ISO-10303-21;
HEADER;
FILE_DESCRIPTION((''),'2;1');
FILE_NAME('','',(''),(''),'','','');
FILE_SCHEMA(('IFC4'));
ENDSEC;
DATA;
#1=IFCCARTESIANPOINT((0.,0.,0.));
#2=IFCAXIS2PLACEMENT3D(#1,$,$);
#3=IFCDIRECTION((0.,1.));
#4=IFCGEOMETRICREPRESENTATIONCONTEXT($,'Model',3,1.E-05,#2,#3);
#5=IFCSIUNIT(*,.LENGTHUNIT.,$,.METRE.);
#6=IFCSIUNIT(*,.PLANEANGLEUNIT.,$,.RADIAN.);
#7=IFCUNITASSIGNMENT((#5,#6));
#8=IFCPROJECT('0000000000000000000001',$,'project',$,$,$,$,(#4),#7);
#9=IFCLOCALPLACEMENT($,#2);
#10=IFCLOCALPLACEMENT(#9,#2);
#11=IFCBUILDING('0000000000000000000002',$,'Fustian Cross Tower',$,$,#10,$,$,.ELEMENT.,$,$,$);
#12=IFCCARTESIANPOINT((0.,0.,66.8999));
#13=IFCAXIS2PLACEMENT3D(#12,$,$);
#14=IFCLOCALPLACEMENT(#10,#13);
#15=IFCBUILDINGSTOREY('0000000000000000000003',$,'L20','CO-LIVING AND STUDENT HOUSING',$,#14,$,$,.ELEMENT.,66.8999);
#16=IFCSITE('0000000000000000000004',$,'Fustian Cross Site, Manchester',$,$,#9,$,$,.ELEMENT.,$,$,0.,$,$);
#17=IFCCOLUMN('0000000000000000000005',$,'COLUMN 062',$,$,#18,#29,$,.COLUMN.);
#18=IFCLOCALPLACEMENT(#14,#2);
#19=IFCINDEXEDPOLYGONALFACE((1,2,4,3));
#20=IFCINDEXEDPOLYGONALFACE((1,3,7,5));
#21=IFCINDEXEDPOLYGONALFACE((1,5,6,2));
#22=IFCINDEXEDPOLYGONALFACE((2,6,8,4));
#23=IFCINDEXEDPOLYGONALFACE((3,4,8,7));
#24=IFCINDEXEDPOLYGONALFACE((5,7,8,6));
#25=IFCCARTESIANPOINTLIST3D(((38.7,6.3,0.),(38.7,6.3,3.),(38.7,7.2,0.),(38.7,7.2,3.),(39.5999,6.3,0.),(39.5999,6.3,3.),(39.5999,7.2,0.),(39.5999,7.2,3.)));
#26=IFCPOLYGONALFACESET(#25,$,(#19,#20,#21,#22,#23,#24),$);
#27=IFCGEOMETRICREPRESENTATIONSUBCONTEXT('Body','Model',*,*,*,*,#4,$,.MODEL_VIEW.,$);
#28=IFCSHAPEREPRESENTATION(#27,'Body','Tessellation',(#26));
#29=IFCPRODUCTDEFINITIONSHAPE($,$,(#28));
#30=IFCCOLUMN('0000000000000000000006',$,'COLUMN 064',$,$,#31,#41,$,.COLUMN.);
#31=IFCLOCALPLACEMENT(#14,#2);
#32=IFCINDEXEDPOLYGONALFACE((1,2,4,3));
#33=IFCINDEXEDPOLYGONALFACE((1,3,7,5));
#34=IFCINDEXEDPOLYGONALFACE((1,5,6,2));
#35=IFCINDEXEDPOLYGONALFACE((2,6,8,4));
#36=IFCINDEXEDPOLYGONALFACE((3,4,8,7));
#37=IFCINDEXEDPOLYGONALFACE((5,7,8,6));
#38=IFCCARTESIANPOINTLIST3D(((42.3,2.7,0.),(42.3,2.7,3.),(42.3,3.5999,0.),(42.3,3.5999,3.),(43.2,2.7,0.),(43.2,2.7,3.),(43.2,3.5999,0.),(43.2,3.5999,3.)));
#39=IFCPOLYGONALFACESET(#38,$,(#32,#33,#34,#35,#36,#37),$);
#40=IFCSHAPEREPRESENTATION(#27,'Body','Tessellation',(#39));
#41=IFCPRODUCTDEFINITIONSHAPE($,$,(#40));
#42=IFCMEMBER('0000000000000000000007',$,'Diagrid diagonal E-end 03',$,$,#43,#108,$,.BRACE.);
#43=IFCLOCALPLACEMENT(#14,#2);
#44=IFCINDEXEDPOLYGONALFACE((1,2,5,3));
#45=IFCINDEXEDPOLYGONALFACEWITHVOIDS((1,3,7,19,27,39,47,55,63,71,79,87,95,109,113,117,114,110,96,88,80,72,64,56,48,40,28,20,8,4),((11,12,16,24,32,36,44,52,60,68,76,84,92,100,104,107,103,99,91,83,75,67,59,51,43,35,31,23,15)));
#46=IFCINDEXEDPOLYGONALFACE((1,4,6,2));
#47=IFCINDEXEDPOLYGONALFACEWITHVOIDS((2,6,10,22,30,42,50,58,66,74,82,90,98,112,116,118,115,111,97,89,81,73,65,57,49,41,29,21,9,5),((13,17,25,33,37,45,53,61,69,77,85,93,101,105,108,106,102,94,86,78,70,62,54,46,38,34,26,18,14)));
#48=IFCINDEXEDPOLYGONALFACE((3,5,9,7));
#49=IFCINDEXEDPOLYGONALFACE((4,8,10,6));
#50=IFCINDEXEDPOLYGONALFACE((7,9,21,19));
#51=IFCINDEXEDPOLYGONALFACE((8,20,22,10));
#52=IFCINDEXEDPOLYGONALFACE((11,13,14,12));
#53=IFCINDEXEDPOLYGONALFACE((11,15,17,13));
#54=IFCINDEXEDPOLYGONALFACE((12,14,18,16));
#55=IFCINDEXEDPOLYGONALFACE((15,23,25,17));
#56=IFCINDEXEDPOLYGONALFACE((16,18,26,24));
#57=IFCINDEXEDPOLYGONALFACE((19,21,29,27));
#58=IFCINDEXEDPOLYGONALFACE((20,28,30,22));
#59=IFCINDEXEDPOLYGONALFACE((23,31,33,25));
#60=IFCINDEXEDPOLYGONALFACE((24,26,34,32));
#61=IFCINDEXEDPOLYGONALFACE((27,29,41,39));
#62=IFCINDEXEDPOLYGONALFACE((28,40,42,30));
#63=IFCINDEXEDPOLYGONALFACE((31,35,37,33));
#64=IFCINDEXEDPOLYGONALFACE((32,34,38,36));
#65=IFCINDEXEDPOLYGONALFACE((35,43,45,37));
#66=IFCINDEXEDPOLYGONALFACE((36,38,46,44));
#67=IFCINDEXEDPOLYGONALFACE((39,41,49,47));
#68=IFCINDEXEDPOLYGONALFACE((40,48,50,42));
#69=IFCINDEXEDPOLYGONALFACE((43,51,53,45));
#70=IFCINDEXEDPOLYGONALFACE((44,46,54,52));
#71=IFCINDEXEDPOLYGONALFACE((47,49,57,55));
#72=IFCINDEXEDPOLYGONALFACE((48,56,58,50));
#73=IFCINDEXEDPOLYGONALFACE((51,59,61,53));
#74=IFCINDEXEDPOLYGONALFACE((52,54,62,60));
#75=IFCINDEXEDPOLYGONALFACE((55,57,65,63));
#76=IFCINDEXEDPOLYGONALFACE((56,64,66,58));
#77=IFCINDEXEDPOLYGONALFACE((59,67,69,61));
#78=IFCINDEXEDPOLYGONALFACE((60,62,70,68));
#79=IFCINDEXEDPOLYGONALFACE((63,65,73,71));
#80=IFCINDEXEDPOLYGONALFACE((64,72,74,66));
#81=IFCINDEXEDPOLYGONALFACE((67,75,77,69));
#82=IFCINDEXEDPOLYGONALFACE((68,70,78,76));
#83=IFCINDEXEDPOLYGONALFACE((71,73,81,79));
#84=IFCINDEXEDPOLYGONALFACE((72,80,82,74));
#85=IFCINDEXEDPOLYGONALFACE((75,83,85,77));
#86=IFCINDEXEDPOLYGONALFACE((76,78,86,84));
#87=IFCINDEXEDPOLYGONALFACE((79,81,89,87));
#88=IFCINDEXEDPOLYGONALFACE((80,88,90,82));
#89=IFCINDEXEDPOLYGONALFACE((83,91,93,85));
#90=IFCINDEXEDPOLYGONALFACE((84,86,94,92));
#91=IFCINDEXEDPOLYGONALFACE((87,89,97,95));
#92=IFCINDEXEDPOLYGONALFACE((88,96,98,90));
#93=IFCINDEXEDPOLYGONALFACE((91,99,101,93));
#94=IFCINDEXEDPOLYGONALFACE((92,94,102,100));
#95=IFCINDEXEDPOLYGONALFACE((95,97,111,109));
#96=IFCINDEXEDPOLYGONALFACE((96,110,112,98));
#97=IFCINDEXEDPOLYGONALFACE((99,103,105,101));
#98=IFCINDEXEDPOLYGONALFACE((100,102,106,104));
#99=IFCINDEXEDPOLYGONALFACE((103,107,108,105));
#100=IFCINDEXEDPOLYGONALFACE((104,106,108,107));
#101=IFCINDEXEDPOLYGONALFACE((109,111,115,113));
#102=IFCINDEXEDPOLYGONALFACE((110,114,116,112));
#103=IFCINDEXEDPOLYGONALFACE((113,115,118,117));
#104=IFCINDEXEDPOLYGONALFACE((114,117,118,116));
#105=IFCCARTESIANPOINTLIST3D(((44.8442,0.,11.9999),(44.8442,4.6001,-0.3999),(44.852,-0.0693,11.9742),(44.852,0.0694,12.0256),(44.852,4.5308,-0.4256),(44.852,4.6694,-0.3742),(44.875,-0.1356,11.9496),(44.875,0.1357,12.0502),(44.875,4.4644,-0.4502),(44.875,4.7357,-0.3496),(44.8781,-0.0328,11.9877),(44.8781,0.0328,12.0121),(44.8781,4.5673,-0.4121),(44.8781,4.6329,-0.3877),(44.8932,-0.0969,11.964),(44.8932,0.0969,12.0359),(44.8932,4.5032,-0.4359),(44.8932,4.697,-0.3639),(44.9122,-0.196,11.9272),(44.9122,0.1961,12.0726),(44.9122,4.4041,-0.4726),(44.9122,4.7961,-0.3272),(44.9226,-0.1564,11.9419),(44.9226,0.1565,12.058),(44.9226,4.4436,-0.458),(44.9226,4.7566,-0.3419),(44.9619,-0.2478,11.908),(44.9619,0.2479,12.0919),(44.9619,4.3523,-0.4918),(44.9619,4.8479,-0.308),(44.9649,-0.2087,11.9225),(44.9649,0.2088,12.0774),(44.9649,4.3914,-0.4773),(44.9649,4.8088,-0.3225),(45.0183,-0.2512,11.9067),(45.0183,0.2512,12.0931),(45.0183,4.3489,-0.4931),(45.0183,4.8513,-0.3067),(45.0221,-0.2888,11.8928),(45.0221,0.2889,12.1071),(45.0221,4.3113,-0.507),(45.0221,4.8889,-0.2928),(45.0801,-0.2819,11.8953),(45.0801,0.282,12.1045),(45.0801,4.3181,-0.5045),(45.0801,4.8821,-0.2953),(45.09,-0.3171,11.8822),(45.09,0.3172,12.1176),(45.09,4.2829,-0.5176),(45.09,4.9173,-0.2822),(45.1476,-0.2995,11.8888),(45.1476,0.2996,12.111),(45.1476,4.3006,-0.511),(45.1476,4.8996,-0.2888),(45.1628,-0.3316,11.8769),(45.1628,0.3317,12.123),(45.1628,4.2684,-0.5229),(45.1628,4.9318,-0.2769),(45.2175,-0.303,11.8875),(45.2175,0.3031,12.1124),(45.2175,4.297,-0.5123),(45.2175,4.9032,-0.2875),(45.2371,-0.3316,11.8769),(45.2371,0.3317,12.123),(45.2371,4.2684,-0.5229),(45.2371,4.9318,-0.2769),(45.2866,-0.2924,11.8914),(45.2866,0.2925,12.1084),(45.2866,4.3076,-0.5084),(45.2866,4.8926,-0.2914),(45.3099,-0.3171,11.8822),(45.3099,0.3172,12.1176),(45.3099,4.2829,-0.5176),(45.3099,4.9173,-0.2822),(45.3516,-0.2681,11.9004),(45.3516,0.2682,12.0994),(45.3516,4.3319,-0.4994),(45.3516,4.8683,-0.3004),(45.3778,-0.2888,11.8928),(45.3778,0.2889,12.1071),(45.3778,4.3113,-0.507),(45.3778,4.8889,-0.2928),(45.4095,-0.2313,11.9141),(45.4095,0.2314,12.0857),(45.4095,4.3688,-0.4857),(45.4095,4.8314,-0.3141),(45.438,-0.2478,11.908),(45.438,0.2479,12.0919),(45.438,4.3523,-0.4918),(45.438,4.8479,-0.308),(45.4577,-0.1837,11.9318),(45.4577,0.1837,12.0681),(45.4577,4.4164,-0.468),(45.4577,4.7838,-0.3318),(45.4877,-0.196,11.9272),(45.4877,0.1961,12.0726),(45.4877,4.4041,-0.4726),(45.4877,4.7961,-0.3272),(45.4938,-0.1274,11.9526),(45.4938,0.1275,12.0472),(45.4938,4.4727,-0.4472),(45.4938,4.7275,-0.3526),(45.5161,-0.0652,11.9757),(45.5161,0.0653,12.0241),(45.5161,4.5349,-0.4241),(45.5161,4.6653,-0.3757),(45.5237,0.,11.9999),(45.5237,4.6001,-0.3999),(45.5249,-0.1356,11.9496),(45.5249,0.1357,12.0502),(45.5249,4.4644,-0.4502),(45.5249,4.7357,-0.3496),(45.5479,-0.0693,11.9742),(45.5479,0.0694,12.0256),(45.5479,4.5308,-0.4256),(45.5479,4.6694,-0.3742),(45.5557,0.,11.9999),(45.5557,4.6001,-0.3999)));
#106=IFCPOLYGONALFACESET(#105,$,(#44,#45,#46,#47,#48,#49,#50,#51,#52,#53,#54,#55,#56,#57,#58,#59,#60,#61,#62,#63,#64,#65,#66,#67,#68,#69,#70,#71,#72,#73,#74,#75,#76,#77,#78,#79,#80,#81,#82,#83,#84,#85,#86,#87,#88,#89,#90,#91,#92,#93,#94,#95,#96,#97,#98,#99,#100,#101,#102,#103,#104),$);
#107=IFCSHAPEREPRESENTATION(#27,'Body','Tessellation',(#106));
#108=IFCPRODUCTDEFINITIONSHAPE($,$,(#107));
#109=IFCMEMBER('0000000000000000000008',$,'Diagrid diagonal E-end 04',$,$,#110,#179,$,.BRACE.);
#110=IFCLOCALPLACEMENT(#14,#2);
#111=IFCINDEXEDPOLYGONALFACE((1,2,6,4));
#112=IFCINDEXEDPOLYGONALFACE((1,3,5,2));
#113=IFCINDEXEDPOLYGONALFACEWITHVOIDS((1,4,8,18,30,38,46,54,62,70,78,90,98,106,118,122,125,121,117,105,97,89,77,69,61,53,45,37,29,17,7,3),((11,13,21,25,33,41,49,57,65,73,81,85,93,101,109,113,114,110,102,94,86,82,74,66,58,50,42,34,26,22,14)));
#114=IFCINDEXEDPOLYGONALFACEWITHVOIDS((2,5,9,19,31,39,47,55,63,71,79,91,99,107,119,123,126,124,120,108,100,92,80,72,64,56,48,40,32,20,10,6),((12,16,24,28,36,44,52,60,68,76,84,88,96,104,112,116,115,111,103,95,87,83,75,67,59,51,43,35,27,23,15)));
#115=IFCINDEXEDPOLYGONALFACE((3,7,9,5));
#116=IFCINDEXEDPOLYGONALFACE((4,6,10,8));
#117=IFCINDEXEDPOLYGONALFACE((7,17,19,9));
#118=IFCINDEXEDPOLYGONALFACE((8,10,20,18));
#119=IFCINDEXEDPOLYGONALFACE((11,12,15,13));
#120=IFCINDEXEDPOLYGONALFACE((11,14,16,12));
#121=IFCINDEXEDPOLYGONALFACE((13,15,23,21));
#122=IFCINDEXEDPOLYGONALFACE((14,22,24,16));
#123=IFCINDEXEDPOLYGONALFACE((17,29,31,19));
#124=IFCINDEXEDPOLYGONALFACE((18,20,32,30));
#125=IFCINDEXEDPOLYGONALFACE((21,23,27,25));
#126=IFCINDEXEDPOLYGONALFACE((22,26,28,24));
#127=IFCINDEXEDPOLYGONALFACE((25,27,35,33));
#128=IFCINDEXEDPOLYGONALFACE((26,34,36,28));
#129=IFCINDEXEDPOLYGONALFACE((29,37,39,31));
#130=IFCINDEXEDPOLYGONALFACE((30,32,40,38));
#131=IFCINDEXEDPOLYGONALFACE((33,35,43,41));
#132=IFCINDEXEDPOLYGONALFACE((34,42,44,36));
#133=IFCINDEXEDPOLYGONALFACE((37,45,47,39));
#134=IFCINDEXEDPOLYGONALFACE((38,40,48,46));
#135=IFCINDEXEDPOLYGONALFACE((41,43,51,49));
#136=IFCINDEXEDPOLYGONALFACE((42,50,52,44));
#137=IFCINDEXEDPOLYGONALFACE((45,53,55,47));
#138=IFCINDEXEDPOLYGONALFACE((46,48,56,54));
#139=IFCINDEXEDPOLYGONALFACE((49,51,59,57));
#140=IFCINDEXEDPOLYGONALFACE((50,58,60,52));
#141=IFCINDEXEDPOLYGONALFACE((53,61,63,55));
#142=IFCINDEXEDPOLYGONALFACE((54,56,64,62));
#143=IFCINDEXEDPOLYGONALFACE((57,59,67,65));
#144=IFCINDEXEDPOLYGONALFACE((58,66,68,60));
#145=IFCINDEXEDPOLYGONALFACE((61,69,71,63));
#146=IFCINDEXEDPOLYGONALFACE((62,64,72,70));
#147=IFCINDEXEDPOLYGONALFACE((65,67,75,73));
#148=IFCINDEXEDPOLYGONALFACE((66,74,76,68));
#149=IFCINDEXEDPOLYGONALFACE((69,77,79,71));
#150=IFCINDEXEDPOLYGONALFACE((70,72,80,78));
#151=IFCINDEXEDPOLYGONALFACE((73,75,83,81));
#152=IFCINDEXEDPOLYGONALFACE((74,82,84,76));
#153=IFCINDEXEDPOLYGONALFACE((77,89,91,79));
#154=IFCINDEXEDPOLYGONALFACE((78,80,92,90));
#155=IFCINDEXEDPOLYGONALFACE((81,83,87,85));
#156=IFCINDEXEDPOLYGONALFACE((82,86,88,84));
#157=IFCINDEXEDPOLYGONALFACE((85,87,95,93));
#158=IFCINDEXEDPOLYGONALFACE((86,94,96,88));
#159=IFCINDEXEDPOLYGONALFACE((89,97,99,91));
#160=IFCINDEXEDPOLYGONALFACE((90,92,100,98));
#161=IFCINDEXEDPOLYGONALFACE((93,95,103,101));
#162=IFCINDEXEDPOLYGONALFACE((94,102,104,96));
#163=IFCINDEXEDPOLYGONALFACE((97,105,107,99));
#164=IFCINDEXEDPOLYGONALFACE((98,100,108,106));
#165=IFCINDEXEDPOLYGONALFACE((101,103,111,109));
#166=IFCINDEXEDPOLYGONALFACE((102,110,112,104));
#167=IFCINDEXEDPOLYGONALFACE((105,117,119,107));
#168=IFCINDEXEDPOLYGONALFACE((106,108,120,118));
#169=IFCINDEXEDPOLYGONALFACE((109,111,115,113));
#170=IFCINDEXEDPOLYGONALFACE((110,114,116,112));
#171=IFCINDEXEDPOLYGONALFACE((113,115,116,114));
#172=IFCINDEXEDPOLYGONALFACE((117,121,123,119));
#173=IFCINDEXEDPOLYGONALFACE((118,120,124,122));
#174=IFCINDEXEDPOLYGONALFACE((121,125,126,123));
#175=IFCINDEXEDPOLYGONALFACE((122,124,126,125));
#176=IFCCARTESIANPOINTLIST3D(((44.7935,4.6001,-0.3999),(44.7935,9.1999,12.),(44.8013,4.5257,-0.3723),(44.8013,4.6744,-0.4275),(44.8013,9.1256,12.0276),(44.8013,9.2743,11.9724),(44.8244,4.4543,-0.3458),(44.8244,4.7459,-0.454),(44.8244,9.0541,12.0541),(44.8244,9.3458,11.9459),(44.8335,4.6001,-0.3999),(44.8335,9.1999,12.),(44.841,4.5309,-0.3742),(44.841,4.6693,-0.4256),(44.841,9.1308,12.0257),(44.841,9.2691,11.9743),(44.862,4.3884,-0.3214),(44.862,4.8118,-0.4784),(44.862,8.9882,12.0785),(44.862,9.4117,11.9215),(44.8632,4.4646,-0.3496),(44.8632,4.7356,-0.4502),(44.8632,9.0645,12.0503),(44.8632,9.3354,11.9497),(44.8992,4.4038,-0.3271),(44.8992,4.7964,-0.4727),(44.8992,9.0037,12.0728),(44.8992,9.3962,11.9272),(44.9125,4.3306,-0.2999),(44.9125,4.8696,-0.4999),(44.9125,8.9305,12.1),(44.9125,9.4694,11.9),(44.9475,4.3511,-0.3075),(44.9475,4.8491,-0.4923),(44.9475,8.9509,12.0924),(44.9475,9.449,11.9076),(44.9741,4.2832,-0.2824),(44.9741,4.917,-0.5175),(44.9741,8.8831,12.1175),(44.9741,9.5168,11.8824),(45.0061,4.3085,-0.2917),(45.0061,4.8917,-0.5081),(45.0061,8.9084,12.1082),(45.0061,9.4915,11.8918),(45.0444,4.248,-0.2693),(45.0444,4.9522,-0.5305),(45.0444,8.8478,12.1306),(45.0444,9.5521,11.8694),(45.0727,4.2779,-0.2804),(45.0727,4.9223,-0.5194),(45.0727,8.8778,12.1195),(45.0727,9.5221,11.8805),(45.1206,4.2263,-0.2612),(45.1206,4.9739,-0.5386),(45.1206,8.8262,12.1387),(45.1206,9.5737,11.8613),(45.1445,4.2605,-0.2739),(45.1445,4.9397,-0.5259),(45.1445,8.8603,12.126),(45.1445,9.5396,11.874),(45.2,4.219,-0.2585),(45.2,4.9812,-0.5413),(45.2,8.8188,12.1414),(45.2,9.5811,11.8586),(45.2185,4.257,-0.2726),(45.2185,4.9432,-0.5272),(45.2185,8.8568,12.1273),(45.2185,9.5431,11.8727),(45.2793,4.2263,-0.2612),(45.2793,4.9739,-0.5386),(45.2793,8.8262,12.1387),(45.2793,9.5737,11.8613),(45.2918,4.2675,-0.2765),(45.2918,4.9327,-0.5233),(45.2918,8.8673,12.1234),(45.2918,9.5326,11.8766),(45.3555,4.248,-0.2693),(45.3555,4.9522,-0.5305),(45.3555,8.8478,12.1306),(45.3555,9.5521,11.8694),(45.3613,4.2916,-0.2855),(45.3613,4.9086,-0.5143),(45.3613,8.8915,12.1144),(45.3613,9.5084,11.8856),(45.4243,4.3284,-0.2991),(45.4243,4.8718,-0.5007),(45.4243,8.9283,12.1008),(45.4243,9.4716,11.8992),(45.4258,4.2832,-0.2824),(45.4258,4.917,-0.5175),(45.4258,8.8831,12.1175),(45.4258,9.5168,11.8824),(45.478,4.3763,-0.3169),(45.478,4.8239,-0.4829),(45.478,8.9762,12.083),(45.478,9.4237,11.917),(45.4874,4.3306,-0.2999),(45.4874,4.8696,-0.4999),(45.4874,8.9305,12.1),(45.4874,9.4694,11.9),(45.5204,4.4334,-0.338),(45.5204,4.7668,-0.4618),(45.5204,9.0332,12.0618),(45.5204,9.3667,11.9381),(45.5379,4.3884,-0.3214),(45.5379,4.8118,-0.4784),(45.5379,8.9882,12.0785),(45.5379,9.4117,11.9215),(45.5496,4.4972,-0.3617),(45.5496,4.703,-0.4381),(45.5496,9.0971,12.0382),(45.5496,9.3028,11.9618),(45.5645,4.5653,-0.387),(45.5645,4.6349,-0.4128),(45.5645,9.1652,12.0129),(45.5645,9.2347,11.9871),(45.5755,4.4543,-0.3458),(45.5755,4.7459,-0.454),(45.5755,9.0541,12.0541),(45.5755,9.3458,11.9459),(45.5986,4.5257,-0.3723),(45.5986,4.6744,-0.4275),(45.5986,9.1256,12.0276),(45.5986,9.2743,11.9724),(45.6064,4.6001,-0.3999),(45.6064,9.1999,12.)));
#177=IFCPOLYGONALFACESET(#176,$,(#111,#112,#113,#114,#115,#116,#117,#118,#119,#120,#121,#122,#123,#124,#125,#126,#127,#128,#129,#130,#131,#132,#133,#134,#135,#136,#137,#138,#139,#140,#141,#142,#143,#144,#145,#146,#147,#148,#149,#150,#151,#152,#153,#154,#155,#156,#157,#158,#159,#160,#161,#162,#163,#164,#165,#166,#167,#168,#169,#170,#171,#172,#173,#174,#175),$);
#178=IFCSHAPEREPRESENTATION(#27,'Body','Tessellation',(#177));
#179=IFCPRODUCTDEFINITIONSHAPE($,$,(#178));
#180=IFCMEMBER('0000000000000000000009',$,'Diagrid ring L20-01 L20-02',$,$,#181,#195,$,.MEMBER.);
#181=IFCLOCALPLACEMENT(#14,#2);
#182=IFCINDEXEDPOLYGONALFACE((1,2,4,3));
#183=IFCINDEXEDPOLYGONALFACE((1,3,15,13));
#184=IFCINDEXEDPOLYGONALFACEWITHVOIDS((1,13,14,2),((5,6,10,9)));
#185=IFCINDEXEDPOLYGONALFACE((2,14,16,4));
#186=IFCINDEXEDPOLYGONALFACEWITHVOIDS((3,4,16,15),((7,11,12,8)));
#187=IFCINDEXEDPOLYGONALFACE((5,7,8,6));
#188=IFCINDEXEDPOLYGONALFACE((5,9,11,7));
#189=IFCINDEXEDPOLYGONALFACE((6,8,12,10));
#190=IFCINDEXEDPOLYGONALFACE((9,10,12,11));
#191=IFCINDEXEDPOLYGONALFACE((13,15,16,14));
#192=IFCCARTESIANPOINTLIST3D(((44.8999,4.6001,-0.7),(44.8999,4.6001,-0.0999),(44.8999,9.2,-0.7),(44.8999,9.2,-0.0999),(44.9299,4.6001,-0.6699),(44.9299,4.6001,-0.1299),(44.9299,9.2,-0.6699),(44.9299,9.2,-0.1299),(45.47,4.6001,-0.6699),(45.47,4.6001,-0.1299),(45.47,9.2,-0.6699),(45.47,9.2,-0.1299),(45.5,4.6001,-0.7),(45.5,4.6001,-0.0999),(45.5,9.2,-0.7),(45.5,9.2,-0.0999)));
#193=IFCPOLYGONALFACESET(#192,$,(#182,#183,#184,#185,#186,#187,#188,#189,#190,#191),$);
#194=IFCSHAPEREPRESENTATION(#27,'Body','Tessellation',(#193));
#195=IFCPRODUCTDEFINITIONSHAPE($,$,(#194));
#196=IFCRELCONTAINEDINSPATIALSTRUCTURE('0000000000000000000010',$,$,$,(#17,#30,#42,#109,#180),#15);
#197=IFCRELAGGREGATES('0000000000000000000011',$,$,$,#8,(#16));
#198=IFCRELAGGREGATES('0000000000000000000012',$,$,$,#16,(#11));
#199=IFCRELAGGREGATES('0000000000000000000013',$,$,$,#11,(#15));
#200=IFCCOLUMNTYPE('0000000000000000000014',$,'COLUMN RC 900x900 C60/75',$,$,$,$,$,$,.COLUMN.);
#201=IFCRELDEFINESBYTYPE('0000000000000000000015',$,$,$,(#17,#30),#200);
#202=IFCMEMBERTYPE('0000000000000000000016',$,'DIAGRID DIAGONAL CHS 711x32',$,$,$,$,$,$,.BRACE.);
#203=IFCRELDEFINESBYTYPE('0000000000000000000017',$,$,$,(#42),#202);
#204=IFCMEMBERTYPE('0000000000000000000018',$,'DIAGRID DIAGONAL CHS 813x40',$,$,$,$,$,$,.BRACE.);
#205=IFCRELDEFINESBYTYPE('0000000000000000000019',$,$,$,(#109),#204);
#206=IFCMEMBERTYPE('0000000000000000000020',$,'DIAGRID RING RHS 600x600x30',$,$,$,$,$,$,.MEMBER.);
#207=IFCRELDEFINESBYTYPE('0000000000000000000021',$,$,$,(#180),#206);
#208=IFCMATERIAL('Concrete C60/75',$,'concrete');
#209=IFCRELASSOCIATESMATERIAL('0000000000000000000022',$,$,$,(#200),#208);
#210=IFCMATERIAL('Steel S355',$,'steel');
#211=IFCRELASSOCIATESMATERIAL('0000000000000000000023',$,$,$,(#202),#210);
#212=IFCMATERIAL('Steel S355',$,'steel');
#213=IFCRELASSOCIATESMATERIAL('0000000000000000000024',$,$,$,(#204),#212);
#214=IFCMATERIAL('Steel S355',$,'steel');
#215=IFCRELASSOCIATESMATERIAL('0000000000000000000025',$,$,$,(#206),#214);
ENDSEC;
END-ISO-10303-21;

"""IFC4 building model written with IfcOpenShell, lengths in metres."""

from ifc_helpers import new_model, si_unit, direction, frame, origin, origin_2d, place, context, subcontext, project, spatial, rectangle, hollow_rectangle, hollow_circle, extrude, material, material_profile, profile_set, type_object, element, save


model = new_model("IFC4")

# Units and contexts
model_context = context("Model", 3, precision=1e-05, world=origin(), true_north=direction((0.0, 1.0)))
body_context = subcontext(model_context, "Body", "Model", "MODEL_VIEW")
ifc_project = project(units=[si_unit("LENGTHUNIT", "METRE"), si_unit("PLANEANGLEUNIT", "RADIAN")], contexts=[model_context])

# Site, building, storey
site_placement = place(None, origin())
site = spatial("IfcSite", under=ifc_project, at=site_placement, Name="Fustian Cross Site, Manchester", CompositionType="ELEMENT", RefElevation=0.0)
building_placement = place(site_placement, origin())
building = spatial("IfcBuilding", under=site, at=building_placement, Name="Fustian Cross Tower", CompositionType="ELEMENT")
storey_placement = place(building_placement, frame((0.0, 0.0, 66.8999)))
storey = spatial("IfcBuildingStorey", under=building, at=storey_placement, Name="L20", Description="CO-LIVING AND STUDENT HOUSING", CompositionType="ELEMENT", Elevation=66.8999)

# Columns
ifc_material_1 = material(Name="Concrete C60/75", Category="concrete")
ifc_material_profile_1 = material_profile(ifc_material_1, rectangle(XDim=0.8999, YDim=0.8999, at=origin_2d()), Name="RC 900x900")
ifc_profile_set_1 = profile_set([ifc_material_profile_1], Name="Concrete C60/75")
column_type = type_object("IfcColumnType", Name="COLUMN RC 900x900 C60/75", PredefinedType="COLUMN", material=ifc_profile_set_1)
for number, where, z_axis, x_axis, name in (
    (1, (39.1499, 6.75, 0.0), (0.0, 0.0, 1.0), (1.0, 0.0, 0.0), "COLUMN 062"),
    (2, (42.75, 3.1499, 0.0), (0.0, 0.0, 1.0), (1.0, 0.0, 0.0), "COLUMN 064"),
):
    element("IfcColumn", number, at=place(storey_placement, frame(where, z_axis=z_axis, x_axis=x_axis)), inside=storey, type_object=column_type, Name=name, PredefinedType="COLUMN", context=body_context, shape_type="SweptSolid", body=[
        extrude(rectangle(XDim=0.8999, YDim=0.8999, at=origin_2d()), origin(), (0.0, 0.0, 1.0), 3.0),
    ])

# Members
ifc_material_2 = material(Name="Steel S355", Category="steel")
ifc_material_profile_2 = material_profile(ifc_material_2, hollow_circle(Radius=0.3557, WallThickness=0.032, at=origin_2d()), Name="CHS 711x32")
ifc_profile_set_2 = profile_set([ifc_material_profile_2], Name="Steel S355")
member_type_1 = type_object("IfcMemberType", Name="DIAGRID DIAGONAL CHS 711x32", PredefinedType="BRACE", material=ifc_profile_set_2)
member_1_placement = place(storey_placement, frame((45.2, 4.6001, -0.3999), z_axis=(0.0, -0.347816, 0.937563), x_axis=(1.0, 0.0, 0.0)))
element("IfcMember", 3, at=member_1_placement, inside=storey, type_object=member_type_1, Name="Diagrid diagonal E-end 03", PredefinedType="BRACE", context=body_context, shape_type="SweptSolid", body=[
    extrude(hollow_circle(Radius=0.3557, WallThickness=0.032, at=origin_2d()), origin(), (0.0, 0.0, 1.0), 13.2256),
])
ifc_material_3 = material(Name="Steel S355", Category="steel")
ifc_material_profile_3 = material_profile(ifc_material_3, hollow_circle(Radius=0.4065, WallThickness=0.04, at=origin_2d()), Name="CHS 813x40")
ifc_profile_set_3 = profile_set([ifc_material_profile_3], Name="Steel S355")
member_type_2 = type_object("IfcMemberType", Name="DIAGRID DIAGONAL CHS 813x40", PredefinedType="BRACE", material=ifc_profile_set_3)
member_2_placement = place(storey_placement, frame((45.2, 4.6001, -0.3999), z_axis=(0.0, 0.347799, 0.937569), x_axis=(-1.0, 0.0, 0.0)))
element("IfcMember", 4, at=member_2_placement, inside=storey, type_object=member_type_2, Name="Diagrid diagonal E-end 04", PredefinedType="BRACE", context=body_context, shape_type="SweptSolid", body=[
    extrude(hollow_circle(Radius=0.4065, WallThickness=0.04, at=origin_2d()), origin(), (0.0, 0.0, 1.0), 13.2256),
])
ifc_material_4 = material(Name="Steel S355", Category="steel")
ifc_material_profile_4 = material_profile(ifc_material_4, hollow_rectangle(XDim=0.6001, YDim=0.6001, WallThickness=0.03, at=origin_2d()), Name="RHS 600x600x30")
ifc_profile_set_4 = profile_set([ifc_material_profile_4], Name="Steel S355")
member_type_3 = type_object("IfcMemberType", Name="DIAGRID RING RHS 600x600x30", PredefinedType="MEMBER", material=ifc_profile_set_4)
member_3_placement = place(storey_placement, frame((45.2, 4.6001, -0.3999), z_axis=(0.0, 1.0, 0.0), x_axis=(-1.0, 0.0, 0.0)))
element("IfcMember", 5, at=member_3_placement, inside=storey, type_object=member_type_3, Name="Diagrid ring L20-01 L20-02", PredefinedType="MEMBER", context=body_context, shape_type="SweptSolid", body=[
    extrude(hollow_rectangle(XDim=0.6001, YDim=0.6001, WallThickness=0.03, at=origin_2d()), origin(), (0.0, 0.0, 1.0), 4.5999),
])

save(model, "model.ifc")
